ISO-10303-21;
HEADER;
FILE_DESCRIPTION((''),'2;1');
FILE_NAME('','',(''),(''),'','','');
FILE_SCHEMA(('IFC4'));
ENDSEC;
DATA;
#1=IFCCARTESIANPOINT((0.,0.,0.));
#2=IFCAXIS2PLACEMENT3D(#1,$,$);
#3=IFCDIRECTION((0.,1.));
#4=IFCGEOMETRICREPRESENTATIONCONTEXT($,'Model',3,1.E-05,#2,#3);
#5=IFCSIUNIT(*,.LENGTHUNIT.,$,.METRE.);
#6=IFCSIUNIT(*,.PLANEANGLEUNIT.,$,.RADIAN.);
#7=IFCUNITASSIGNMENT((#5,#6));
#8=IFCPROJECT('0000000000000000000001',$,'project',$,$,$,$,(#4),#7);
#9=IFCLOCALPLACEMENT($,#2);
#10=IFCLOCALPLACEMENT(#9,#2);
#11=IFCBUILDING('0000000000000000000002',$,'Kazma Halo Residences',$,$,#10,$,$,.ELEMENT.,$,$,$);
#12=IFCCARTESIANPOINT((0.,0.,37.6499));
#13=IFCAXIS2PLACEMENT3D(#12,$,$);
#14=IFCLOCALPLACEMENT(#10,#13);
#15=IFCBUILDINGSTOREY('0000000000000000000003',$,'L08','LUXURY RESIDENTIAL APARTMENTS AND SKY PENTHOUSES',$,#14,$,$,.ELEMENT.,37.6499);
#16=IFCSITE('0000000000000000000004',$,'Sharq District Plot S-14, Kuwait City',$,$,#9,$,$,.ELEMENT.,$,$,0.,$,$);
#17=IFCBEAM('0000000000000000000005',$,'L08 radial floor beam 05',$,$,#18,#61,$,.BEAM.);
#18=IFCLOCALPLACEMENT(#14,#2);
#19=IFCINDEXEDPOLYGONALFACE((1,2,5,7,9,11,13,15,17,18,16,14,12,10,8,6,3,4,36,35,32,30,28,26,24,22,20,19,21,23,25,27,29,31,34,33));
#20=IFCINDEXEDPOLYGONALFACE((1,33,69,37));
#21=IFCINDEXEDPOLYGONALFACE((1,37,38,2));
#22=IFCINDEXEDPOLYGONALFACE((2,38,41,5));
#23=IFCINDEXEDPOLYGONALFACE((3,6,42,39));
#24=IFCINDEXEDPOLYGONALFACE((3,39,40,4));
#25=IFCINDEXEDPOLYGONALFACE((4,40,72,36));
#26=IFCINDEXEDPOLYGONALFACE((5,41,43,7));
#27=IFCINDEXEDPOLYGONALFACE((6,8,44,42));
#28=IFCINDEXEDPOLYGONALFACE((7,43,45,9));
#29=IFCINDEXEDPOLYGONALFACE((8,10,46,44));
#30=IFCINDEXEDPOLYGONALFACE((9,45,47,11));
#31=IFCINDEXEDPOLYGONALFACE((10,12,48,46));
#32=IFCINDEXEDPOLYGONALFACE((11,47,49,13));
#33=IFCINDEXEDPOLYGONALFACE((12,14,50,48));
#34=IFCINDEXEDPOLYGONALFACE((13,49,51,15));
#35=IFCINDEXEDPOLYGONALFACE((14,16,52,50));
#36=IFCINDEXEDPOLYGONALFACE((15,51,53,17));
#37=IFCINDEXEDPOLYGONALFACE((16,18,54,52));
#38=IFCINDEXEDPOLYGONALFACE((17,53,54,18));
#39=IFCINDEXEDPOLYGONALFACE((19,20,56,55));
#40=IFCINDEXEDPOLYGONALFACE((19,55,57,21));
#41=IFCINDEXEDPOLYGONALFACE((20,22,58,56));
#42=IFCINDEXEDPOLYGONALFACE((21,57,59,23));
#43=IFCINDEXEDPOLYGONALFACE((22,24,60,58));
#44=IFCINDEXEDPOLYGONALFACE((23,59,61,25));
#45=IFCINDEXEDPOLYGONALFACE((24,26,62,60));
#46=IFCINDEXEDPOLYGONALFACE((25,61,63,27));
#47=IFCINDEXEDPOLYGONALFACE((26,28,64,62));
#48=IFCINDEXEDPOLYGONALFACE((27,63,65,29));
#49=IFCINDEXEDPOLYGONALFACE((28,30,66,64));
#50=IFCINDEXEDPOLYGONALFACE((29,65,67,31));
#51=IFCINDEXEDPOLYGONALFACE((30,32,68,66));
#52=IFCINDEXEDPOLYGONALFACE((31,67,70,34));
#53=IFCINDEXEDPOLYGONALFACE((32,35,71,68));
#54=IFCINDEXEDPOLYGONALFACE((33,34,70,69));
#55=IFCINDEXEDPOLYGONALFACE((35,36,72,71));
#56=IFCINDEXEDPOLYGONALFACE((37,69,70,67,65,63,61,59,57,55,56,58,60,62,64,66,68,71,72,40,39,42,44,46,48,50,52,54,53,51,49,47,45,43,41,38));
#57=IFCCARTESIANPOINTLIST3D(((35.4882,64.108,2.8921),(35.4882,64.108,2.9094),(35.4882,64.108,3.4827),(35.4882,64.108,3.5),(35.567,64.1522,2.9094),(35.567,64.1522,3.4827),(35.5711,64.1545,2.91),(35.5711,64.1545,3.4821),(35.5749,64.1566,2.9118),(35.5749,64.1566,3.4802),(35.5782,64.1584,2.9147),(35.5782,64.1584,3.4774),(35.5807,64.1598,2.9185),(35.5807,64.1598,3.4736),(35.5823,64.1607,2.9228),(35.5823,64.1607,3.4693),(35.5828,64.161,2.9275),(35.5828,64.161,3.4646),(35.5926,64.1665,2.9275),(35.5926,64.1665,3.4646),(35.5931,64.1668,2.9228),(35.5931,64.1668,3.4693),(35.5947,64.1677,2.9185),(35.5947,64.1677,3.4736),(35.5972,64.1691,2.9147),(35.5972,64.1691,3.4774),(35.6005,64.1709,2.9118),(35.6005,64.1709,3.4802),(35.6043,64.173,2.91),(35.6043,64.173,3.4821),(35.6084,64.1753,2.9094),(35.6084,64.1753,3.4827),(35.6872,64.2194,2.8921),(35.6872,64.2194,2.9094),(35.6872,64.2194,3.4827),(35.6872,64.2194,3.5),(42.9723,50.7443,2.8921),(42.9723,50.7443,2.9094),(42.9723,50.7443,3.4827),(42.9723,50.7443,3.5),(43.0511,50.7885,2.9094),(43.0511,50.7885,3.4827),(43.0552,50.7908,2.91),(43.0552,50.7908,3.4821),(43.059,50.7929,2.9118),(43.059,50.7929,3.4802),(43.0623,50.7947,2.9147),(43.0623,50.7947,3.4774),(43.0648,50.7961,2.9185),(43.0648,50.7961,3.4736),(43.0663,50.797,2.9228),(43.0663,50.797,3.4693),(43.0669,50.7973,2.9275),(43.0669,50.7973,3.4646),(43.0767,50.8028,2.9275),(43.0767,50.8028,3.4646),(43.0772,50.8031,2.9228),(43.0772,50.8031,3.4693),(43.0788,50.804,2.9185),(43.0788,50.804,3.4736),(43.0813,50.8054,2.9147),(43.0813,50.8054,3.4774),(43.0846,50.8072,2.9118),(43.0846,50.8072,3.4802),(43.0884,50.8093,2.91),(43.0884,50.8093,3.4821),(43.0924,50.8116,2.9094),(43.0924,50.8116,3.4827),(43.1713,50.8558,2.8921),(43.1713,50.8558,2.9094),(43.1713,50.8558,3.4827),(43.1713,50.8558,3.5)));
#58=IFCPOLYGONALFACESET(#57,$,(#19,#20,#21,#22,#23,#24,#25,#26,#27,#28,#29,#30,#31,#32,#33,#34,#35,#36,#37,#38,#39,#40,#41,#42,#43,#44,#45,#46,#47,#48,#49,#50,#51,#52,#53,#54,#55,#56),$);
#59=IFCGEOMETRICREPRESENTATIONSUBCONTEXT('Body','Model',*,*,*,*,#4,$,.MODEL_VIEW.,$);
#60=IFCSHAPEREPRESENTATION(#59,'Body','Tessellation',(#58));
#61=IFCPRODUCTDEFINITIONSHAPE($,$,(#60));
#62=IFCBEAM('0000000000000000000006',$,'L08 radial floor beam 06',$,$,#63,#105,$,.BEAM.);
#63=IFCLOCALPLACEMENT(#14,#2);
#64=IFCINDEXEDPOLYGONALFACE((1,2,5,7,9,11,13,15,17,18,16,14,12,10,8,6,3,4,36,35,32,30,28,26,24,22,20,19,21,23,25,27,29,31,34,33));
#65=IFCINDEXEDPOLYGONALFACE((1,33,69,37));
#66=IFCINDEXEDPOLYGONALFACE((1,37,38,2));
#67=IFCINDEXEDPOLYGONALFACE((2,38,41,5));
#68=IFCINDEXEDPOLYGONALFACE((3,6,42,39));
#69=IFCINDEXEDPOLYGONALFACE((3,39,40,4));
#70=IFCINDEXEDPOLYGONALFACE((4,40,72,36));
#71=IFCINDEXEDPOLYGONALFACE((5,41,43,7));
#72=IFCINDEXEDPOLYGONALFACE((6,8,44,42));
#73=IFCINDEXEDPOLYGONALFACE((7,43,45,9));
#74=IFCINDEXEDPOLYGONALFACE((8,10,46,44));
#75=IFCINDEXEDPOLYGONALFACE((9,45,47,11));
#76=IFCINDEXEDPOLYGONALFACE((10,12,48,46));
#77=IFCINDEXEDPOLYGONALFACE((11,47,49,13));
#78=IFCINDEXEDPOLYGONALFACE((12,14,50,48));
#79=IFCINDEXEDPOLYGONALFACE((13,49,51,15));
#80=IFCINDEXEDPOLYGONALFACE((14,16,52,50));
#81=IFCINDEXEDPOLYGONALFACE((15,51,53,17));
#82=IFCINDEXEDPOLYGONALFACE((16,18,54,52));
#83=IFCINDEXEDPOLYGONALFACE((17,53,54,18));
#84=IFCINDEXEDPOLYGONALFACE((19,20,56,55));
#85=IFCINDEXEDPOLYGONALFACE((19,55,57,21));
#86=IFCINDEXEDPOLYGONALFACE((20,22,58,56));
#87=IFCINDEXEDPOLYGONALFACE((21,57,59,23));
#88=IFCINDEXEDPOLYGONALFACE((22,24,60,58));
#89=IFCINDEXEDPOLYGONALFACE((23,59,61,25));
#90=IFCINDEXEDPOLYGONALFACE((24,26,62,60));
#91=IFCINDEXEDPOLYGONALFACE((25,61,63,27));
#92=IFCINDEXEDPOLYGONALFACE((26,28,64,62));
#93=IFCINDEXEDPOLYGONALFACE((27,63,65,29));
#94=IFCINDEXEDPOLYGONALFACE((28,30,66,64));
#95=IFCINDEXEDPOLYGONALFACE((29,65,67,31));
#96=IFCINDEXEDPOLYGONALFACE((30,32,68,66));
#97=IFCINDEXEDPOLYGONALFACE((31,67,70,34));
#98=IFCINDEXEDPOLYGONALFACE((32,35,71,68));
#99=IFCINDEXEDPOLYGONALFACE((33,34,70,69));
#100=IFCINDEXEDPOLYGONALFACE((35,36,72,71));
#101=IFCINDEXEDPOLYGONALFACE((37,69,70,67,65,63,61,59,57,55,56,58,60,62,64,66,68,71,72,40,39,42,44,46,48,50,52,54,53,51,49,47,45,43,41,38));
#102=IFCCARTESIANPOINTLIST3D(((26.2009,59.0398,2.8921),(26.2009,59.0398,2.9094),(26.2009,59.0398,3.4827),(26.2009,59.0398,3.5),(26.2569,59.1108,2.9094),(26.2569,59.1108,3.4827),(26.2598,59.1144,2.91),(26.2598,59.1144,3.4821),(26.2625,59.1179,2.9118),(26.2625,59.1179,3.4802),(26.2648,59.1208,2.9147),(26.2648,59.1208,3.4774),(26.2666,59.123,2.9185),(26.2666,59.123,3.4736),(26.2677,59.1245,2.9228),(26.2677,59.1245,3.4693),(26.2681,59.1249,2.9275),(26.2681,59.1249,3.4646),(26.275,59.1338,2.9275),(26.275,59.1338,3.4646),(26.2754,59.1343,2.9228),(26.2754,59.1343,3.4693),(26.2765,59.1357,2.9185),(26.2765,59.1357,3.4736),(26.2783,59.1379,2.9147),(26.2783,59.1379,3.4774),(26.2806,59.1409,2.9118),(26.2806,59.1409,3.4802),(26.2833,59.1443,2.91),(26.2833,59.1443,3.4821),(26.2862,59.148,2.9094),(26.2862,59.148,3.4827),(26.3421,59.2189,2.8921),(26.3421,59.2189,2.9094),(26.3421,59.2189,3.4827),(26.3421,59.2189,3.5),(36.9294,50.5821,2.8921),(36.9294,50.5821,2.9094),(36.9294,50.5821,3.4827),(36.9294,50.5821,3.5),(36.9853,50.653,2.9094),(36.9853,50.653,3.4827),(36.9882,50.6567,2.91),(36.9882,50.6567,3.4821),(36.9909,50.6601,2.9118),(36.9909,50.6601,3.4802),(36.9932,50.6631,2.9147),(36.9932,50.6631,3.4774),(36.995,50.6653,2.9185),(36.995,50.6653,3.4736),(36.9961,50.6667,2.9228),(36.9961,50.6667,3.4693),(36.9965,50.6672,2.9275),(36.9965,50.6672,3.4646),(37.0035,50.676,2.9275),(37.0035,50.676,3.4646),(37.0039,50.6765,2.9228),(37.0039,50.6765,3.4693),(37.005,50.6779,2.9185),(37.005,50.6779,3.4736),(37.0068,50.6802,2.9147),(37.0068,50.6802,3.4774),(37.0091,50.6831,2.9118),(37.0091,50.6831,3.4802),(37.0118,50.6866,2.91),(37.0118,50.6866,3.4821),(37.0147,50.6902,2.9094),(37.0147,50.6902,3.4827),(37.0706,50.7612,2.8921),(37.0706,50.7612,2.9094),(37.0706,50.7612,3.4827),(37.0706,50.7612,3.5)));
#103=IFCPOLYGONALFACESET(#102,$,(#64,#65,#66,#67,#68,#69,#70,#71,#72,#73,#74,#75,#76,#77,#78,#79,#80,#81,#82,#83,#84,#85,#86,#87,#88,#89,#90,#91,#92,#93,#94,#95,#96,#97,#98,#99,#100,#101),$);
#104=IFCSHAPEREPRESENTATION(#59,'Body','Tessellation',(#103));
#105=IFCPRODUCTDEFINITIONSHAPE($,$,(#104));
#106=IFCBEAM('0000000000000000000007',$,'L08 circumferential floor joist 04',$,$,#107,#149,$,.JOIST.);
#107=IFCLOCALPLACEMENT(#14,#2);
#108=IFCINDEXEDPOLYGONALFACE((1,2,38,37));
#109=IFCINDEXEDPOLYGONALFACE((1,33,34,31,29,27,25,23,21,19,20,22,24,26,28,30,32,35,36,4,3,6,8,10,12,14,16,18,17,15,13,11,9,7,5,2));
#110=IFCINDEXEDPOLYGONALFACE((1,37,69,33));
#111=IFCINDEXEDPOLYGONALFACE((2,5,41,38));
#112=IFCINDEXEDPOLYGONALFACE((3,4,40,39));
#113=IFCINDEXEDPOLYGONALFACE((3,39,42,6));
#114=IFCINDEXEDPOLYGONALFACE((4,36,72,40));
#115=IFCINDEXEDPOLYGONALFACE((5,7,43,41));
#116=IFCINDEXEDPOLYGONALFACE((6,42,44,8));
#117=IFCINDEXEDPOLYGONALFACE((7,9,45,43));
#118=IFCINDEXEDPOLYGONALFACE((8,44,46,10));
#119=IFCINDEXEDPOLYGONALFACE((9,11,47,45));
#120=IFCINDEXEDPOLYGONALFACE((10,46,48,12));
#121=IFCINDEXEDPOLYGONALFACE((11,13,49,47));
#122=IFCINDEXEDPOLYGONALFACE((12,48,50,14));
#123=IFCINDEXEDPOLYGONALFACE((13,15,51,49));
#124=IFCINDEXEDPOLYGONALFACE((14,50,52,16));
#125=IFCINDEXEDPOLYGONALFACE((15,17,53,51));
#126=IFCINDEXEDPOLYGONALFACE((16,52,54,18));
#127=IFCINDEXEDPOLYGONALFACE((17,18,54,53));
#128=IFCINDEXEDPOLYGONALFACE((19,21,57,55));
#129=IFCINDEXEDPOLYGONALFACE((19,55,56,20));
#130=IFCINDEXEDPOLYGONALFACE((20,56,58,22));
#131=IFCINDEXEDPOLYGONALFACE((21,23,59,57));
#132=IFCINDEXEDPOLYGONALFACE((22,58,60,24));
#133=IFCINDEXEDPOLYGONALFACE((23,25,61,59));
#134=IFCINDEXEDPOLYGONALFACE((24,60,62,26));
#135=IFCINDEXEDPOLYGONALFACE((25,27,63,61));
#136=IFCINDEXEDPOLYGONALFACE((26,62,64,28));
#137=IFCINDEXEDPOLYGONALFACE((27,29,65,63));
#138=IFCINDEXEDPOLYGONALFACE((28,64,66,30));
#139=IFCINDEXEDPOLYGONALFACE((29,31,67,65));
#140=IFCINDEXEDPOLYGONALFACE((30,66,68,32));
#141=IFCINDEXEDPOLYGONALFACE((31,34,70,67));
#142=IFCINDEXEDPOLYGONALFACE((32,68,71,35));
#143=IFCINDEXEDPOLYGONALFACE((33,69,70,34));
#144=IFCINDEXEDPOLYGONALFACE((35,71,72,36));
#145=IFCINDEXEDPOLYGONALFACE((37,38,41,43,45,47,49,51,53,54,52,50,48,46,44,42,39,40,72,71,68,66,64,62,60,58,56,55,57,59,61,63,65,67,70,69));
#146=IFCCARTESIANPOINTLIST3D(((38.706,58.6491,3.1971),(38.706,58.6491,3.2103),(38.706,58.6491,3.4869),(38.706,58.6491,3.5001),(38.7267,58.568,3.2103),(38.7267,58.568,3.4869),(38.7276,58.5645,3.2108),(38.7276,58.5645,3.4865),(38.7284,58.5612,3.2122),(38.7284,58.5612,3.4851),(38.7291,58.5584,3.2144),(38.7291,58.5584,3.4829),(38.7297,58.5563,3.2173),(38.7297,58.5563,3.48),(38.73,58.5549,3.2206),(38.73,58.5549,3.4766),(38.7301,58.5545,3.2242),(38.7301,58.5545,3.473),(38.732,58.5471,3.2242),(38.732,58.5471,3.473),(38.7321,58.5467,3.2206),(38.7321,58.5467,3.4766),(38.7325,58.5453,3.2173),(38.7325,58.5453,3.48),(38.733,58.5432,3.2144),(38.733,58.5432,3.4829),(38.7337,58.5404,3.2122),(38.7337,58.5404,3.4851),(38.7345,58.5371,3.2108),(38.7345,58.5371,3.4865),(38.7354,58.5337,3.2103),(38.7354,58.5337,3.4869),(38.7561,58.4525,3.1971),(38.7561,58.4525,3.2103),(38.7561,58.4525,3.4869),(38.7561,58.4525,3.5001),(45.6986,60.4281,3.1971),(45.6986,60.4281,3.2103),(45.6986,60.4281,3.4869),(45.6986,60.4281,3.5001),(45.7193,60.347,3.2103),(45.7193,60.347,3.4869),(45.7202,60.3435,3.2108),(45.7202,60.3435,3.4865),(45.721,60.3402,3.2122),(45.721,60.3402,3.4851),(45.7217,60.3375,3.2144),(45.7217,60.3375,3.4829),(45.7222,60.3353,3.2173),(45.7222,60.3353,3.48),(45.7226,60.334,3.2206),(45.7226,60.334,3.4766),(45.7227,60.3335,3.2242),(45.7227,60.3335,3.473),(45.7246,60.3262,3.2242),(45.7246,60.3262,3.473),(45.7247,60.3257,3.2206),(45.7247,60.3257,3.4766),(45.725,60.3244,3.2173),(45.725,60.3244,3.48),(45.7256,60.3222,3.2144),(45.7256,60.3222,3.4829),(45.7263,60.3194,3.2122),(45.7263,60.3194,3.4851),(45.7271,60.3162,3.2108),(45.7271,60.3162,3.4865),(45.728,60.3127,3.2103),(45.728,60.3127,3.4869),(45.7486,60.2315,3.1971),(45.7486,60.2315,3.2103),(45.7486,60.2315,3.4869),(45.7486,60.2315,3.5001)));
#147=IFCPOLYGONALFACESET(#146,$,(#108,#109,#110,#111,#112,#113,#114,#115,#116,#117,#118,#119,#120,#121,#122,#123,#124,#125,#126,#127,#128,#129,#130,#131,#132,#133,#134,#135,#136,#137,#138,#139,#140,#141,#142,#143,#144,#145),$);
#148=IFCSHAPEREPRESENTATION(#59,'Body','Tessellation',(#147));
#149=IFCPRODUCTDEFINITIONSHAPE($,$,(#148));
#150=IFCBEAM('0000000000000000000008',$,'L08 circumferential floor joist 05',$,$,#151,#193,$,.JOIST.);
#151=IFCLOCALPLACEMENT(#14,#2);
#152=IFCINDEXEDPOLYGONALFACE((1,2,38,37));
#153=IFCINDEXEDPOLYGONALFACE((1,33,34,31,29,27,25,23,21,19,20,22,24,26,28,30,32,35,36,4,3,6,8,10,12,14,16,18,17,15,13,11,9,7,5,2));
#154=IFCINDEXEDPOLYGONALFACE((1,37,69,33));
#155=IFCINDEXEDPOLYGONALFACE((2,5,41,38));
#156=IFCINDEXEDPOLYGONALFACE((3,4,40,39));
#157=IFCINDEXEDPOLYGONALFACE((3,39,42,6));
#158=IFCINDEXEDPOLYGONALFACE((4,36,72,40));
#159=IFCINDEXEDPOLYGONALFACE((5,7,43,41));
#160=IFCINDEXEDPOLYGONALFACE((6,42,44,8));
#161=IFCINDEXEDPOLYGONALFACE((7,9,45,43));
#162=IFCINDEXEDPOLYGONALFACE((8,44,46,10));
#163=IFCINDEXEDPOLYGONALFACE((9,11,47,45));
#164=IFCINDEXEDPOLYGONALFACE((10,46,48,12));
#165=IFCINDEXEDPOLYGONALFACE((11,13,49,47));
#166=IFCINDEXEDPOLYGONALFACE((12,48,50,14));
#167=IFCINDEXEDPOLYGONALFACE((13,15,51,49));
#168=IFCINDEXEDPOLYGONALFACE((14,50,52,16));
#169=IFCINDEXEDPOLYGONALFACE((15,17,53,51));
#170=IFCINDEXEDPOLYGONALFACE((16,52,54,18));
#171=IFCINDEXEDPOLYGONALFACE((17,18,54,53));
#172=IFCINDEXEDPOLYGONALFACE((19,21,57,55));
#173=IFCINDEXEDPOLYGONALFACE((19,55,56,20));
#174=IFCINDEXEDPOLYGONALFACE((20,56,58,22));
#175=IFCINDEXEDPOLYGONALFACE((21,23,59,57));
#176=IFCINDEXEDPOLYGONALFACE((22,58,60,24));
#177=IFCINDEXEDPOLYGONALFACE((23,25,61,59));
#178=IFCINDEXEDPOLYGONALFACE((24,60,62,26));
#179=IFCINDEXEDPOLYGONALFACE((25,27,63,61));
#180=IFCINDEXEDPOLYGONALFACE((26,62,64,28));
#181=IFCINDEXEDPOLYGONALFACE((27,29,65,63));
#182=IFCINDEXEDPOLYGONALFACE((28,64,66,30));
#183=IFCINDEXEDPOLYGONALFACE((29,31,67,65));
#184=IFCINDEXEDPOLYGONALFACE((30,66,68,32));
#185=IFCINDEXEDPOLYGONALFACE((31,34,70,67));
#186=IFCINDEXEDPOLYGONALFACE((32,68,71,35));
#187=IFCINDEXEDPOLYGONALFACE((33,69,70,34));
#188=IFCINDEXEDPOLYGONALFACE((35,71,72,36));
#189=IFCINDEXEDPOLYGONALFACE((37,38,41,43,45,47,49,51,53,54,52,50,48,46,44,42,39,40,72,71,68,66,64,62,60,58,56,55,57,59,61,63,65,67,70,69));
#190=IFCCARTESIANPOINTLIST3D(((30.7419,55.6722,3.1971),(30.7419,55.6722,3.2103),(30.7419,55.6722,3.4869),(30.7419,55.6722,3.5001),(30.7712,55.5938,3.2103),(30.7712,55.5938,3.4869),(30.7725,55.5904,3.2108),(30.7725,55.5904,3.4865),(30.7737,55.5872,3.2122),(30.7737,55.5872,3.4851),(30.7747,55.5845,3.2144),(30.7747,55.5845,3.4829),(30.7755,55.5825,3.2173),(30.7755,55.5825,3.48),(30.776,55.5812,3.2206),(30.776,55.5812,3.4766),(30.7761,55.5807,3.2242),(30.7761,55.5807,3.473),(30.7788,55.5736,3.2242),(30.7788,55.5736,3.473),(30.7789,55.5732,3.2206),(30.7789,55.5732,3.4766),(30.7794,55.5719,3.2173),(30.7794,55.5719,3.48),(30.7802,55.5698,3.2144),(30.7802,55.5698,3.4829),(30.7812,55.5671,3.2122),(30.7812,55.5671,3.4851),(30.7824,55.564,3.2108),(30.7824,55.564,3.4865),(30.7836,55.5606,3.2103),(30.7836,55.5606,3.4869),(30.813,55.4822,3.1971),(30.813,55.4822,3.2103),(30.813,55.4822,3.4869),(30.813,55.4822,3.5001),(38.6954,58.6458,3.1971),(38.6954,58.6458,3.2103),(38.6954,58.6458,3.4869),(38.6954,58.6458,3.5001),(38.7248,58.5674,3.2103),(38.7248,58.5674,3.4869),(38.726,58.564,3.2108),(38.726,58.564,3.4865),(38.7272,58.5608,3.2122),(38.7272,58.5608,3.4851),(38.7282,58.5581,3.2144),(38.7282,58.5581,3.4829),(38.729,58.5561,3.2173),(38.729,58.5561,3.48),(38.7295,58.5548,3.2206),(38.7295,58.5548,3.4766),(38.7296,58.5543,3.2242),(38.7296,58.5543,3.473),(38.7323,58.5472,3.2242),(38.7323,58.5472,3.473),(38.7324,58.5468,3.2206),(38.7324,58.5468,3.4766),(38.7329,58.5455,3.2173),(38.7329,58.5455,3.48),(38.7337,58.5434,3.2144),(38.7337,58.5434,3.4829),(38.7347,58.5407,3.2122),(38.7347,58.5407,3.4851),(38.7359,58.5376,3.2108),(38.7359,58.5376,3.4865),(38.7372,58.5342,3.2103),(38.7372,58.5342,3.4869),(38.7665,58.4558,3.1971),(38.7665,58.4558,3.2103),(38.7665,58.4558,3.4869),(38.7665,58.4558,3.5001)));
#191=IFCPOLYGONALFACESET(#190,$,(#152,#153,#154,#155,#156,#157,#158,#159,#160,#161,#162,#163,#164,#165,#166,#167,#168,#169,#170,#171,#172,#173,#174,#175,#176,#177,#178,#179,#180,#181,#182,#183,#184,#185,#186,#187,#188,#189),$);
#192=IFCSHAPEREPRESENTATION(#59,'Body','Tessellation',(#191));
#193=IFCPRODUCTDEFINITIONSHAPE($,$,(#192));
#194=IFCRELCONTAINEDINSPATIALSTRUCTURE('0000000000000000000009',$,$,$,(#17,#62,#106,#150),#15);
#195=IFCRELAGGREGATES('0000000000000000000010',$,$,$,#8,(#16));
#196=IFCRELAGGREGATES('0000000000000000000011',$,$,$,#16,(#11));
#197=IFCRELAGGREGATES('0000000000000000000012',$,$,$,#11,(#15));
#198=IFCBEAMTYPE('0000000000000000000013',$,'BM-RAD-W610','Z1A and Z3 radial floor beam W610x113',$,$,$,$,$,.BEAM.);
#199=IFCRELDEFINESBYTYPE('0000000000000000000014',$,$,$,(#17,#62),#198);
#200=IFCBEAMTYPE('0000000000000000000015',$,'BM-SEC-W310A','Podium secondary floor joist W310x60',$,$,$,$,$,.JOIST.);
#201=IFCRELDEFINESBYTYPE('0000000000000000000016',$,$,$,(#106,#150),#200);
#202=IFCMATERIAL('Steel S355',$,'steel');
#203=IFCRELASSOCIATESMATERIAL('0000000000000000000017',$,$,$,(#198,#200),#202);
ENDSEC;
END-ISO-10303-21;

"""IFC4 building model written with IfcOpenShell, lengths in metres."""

from ifc_helpers import new_model, si_unit, direction, frame, origin, origin_2d, place, context, subcontext, project, spatial, i_section, extrude, material, material_profile, profile_set, type_object, element, save


model = new_model("IFC4")

# Units and contexts
model_context = context("Model", 3, precision=1e-05, world=origin(), true_north=direction((0.0, 1.0)))
body_context = subcontext(model_context, "Body", "Model", "MODEL_VIEW")
ifc_project = project(units=[si_unit("LENGTHUNIT", "METRE"), si_unit("PLANEANGLEUNIT", "RADIAN")], contexts=[model_context])

# Site, building, storey
site_placement = place(None, origin())
site = spatial("IfcSite", under=ifc_project, at=site_placement, Name="Sharq District Plot S-14, Kuwait City", CompositionType="ELEMENT", RefElevation=0.0)
building_placement = place(site_placement, origin())
building = spatial("IfcBuilding", under=site, at=building_placement, Name="Kazma Halo Residences", CompositionType="ELEMENT")
storey_placement = place(building_placement, frame((0.0, 0.0, 37.6499)))
storey = spatial("IfcBuildingStorey", under=building, at=storey_placement, Name="L08", Description="LUXURY RESIDENTIAL APARTMENTS AND SKY PENTHOUSES", CompositionType="ELEMENT", Elevation=37.6499)

# Beams
ifc_material_1 = material(Name="Steel S355", Category="steel")
ifc_material_profile_1 = material_profile(ifc_material_1, i_section(OverallWidth=0.228, OverallDepth=0.6079, WebThickness=0.0112, FlangeThickness=0.0173, FilletRadius=0.0181, at=origin_2d()), Name="W610x113")
ifc_profile_set_1 = profile_set([ifc_material_profile_1], Name="Steel S355")
beam_type_1 = type_object("IfcBeamType", Name="BM-RAD-W610", Description="Z1A and Z3 radial floor beam W610x113", PredefinedType="BEAM", material=ifc_profile_set_1)
beam_1_placement = place(storey_placement, frame((43.0718, 50.8, 3.196), z_axis=(-0.488624, 0.872494, 0.0), x_axis=(-0.872494, -0.488624, 0.0)))
element("IfcBeam", 1, at=beam_1_placement, inside=storey, type_object=beam_type_1, Name="L08 radial floor beam 05", PredefinedType="BEAM", context=body_context, shape_type="SweptSolid", body=[
    extrude(i_section(OverallWidth=0.228, OverallDepth=0.6079, WebThickness=0.0112, FlangeThickness=0.0173, FilletRadius=0.0181, at=origin_2d()), origin(), (0.0, 0.0, 1.0), 15.3167),
])
beam_2_placement = place(storey_placement, frame((37.0, 50.6716, 3.196), z_axis=(-0.785314, 0.619098, 0.0), x_axis=(-0.619098, -0.785314, 0.0)))
element("IfcBeam", 2, at=beam_2_placement, inside=storey, type_object=beam_type_1, Name="L08 radial floor beam 06", PredefinedType="BEAM", context=body_context, shape_type="SweptSolid", body=[
    extrude(i_section(OverallWidth=0.228, OverallDepth=0.6079, WebThickness=0.0112, FlangeThickness=0.0173, FilletRadius=0.0181, at=origin_2d()), origin(), (0.0, 0.0, 1.0), 13.6614),
])
ifc_material_profile_2 = material_profile(ifc_material_1, i_section(OverallWidth=0.2029, OverallDepth=0.303, WebThickness=0.0076, FlangeThickness=0.0132, FilletRadius=0.0139, at=origin_2d()), Name="W310x60")
ifc_profile_set_2 = profile_set([ifc_material_profile_2], Name="Steel S355")
beam_type_2 = type_object("IfcBeamType", Name="BM-SEC-W310A", Description="Podium secondary floor joist W310x60", PredefinedType="JOIST", material=ifc_profile_set_2)
beam_3_placement = place(storey_placement, frame((45.7236, 60.3298, 3.3486), z_axis=(-0.969127, -0.246562, 0.0), x_axis=(0.246562, -0.969127, 0.0)))
element("IfcBeam", 3, at=beam_3_placement, inside=storey, type_object=beam_type_2, Name="L08 circumferential floor joist 04", PredefinedType="JOIST", context=body_context, shape_type="SweptSolid", body=[
    extrude(i_section(OverallWidth=0.2029, OverallDepth=0.303, WebThickness=0.0076, FlangeThickness=0.0132, FilletRadius=0.0139, at=origin_2d()), origin(), (0.0, 0.0, 1.0), 7.2153),
])
beam_4_placement = place(storey_placement, frame((38.731, 58.5508, 3.3486), z_axis=(-0.936676, -0.350197, 0.0), x_axis=(0.350197, -0.936676, 0.0)))
element("IfcBeam", 4, at=beam_4_placement, inside=storey, type_object=beam_type_2, Name="L08 circumferential floor joist 05", PredefinedType="JOIST", context=body_context, shape_type="SweptSolid", body=[
    extrude(i_section(OverallWidth=0.2029, OverallDepth=0.303, WebThickness=0.0076, FlangeThickness=0.0132, FilletRadius=0.0139, at=origin_2d()), origin(), (0.0, 0.0, 1.0), 8.4912),
])

save(model, "model.ifc")
